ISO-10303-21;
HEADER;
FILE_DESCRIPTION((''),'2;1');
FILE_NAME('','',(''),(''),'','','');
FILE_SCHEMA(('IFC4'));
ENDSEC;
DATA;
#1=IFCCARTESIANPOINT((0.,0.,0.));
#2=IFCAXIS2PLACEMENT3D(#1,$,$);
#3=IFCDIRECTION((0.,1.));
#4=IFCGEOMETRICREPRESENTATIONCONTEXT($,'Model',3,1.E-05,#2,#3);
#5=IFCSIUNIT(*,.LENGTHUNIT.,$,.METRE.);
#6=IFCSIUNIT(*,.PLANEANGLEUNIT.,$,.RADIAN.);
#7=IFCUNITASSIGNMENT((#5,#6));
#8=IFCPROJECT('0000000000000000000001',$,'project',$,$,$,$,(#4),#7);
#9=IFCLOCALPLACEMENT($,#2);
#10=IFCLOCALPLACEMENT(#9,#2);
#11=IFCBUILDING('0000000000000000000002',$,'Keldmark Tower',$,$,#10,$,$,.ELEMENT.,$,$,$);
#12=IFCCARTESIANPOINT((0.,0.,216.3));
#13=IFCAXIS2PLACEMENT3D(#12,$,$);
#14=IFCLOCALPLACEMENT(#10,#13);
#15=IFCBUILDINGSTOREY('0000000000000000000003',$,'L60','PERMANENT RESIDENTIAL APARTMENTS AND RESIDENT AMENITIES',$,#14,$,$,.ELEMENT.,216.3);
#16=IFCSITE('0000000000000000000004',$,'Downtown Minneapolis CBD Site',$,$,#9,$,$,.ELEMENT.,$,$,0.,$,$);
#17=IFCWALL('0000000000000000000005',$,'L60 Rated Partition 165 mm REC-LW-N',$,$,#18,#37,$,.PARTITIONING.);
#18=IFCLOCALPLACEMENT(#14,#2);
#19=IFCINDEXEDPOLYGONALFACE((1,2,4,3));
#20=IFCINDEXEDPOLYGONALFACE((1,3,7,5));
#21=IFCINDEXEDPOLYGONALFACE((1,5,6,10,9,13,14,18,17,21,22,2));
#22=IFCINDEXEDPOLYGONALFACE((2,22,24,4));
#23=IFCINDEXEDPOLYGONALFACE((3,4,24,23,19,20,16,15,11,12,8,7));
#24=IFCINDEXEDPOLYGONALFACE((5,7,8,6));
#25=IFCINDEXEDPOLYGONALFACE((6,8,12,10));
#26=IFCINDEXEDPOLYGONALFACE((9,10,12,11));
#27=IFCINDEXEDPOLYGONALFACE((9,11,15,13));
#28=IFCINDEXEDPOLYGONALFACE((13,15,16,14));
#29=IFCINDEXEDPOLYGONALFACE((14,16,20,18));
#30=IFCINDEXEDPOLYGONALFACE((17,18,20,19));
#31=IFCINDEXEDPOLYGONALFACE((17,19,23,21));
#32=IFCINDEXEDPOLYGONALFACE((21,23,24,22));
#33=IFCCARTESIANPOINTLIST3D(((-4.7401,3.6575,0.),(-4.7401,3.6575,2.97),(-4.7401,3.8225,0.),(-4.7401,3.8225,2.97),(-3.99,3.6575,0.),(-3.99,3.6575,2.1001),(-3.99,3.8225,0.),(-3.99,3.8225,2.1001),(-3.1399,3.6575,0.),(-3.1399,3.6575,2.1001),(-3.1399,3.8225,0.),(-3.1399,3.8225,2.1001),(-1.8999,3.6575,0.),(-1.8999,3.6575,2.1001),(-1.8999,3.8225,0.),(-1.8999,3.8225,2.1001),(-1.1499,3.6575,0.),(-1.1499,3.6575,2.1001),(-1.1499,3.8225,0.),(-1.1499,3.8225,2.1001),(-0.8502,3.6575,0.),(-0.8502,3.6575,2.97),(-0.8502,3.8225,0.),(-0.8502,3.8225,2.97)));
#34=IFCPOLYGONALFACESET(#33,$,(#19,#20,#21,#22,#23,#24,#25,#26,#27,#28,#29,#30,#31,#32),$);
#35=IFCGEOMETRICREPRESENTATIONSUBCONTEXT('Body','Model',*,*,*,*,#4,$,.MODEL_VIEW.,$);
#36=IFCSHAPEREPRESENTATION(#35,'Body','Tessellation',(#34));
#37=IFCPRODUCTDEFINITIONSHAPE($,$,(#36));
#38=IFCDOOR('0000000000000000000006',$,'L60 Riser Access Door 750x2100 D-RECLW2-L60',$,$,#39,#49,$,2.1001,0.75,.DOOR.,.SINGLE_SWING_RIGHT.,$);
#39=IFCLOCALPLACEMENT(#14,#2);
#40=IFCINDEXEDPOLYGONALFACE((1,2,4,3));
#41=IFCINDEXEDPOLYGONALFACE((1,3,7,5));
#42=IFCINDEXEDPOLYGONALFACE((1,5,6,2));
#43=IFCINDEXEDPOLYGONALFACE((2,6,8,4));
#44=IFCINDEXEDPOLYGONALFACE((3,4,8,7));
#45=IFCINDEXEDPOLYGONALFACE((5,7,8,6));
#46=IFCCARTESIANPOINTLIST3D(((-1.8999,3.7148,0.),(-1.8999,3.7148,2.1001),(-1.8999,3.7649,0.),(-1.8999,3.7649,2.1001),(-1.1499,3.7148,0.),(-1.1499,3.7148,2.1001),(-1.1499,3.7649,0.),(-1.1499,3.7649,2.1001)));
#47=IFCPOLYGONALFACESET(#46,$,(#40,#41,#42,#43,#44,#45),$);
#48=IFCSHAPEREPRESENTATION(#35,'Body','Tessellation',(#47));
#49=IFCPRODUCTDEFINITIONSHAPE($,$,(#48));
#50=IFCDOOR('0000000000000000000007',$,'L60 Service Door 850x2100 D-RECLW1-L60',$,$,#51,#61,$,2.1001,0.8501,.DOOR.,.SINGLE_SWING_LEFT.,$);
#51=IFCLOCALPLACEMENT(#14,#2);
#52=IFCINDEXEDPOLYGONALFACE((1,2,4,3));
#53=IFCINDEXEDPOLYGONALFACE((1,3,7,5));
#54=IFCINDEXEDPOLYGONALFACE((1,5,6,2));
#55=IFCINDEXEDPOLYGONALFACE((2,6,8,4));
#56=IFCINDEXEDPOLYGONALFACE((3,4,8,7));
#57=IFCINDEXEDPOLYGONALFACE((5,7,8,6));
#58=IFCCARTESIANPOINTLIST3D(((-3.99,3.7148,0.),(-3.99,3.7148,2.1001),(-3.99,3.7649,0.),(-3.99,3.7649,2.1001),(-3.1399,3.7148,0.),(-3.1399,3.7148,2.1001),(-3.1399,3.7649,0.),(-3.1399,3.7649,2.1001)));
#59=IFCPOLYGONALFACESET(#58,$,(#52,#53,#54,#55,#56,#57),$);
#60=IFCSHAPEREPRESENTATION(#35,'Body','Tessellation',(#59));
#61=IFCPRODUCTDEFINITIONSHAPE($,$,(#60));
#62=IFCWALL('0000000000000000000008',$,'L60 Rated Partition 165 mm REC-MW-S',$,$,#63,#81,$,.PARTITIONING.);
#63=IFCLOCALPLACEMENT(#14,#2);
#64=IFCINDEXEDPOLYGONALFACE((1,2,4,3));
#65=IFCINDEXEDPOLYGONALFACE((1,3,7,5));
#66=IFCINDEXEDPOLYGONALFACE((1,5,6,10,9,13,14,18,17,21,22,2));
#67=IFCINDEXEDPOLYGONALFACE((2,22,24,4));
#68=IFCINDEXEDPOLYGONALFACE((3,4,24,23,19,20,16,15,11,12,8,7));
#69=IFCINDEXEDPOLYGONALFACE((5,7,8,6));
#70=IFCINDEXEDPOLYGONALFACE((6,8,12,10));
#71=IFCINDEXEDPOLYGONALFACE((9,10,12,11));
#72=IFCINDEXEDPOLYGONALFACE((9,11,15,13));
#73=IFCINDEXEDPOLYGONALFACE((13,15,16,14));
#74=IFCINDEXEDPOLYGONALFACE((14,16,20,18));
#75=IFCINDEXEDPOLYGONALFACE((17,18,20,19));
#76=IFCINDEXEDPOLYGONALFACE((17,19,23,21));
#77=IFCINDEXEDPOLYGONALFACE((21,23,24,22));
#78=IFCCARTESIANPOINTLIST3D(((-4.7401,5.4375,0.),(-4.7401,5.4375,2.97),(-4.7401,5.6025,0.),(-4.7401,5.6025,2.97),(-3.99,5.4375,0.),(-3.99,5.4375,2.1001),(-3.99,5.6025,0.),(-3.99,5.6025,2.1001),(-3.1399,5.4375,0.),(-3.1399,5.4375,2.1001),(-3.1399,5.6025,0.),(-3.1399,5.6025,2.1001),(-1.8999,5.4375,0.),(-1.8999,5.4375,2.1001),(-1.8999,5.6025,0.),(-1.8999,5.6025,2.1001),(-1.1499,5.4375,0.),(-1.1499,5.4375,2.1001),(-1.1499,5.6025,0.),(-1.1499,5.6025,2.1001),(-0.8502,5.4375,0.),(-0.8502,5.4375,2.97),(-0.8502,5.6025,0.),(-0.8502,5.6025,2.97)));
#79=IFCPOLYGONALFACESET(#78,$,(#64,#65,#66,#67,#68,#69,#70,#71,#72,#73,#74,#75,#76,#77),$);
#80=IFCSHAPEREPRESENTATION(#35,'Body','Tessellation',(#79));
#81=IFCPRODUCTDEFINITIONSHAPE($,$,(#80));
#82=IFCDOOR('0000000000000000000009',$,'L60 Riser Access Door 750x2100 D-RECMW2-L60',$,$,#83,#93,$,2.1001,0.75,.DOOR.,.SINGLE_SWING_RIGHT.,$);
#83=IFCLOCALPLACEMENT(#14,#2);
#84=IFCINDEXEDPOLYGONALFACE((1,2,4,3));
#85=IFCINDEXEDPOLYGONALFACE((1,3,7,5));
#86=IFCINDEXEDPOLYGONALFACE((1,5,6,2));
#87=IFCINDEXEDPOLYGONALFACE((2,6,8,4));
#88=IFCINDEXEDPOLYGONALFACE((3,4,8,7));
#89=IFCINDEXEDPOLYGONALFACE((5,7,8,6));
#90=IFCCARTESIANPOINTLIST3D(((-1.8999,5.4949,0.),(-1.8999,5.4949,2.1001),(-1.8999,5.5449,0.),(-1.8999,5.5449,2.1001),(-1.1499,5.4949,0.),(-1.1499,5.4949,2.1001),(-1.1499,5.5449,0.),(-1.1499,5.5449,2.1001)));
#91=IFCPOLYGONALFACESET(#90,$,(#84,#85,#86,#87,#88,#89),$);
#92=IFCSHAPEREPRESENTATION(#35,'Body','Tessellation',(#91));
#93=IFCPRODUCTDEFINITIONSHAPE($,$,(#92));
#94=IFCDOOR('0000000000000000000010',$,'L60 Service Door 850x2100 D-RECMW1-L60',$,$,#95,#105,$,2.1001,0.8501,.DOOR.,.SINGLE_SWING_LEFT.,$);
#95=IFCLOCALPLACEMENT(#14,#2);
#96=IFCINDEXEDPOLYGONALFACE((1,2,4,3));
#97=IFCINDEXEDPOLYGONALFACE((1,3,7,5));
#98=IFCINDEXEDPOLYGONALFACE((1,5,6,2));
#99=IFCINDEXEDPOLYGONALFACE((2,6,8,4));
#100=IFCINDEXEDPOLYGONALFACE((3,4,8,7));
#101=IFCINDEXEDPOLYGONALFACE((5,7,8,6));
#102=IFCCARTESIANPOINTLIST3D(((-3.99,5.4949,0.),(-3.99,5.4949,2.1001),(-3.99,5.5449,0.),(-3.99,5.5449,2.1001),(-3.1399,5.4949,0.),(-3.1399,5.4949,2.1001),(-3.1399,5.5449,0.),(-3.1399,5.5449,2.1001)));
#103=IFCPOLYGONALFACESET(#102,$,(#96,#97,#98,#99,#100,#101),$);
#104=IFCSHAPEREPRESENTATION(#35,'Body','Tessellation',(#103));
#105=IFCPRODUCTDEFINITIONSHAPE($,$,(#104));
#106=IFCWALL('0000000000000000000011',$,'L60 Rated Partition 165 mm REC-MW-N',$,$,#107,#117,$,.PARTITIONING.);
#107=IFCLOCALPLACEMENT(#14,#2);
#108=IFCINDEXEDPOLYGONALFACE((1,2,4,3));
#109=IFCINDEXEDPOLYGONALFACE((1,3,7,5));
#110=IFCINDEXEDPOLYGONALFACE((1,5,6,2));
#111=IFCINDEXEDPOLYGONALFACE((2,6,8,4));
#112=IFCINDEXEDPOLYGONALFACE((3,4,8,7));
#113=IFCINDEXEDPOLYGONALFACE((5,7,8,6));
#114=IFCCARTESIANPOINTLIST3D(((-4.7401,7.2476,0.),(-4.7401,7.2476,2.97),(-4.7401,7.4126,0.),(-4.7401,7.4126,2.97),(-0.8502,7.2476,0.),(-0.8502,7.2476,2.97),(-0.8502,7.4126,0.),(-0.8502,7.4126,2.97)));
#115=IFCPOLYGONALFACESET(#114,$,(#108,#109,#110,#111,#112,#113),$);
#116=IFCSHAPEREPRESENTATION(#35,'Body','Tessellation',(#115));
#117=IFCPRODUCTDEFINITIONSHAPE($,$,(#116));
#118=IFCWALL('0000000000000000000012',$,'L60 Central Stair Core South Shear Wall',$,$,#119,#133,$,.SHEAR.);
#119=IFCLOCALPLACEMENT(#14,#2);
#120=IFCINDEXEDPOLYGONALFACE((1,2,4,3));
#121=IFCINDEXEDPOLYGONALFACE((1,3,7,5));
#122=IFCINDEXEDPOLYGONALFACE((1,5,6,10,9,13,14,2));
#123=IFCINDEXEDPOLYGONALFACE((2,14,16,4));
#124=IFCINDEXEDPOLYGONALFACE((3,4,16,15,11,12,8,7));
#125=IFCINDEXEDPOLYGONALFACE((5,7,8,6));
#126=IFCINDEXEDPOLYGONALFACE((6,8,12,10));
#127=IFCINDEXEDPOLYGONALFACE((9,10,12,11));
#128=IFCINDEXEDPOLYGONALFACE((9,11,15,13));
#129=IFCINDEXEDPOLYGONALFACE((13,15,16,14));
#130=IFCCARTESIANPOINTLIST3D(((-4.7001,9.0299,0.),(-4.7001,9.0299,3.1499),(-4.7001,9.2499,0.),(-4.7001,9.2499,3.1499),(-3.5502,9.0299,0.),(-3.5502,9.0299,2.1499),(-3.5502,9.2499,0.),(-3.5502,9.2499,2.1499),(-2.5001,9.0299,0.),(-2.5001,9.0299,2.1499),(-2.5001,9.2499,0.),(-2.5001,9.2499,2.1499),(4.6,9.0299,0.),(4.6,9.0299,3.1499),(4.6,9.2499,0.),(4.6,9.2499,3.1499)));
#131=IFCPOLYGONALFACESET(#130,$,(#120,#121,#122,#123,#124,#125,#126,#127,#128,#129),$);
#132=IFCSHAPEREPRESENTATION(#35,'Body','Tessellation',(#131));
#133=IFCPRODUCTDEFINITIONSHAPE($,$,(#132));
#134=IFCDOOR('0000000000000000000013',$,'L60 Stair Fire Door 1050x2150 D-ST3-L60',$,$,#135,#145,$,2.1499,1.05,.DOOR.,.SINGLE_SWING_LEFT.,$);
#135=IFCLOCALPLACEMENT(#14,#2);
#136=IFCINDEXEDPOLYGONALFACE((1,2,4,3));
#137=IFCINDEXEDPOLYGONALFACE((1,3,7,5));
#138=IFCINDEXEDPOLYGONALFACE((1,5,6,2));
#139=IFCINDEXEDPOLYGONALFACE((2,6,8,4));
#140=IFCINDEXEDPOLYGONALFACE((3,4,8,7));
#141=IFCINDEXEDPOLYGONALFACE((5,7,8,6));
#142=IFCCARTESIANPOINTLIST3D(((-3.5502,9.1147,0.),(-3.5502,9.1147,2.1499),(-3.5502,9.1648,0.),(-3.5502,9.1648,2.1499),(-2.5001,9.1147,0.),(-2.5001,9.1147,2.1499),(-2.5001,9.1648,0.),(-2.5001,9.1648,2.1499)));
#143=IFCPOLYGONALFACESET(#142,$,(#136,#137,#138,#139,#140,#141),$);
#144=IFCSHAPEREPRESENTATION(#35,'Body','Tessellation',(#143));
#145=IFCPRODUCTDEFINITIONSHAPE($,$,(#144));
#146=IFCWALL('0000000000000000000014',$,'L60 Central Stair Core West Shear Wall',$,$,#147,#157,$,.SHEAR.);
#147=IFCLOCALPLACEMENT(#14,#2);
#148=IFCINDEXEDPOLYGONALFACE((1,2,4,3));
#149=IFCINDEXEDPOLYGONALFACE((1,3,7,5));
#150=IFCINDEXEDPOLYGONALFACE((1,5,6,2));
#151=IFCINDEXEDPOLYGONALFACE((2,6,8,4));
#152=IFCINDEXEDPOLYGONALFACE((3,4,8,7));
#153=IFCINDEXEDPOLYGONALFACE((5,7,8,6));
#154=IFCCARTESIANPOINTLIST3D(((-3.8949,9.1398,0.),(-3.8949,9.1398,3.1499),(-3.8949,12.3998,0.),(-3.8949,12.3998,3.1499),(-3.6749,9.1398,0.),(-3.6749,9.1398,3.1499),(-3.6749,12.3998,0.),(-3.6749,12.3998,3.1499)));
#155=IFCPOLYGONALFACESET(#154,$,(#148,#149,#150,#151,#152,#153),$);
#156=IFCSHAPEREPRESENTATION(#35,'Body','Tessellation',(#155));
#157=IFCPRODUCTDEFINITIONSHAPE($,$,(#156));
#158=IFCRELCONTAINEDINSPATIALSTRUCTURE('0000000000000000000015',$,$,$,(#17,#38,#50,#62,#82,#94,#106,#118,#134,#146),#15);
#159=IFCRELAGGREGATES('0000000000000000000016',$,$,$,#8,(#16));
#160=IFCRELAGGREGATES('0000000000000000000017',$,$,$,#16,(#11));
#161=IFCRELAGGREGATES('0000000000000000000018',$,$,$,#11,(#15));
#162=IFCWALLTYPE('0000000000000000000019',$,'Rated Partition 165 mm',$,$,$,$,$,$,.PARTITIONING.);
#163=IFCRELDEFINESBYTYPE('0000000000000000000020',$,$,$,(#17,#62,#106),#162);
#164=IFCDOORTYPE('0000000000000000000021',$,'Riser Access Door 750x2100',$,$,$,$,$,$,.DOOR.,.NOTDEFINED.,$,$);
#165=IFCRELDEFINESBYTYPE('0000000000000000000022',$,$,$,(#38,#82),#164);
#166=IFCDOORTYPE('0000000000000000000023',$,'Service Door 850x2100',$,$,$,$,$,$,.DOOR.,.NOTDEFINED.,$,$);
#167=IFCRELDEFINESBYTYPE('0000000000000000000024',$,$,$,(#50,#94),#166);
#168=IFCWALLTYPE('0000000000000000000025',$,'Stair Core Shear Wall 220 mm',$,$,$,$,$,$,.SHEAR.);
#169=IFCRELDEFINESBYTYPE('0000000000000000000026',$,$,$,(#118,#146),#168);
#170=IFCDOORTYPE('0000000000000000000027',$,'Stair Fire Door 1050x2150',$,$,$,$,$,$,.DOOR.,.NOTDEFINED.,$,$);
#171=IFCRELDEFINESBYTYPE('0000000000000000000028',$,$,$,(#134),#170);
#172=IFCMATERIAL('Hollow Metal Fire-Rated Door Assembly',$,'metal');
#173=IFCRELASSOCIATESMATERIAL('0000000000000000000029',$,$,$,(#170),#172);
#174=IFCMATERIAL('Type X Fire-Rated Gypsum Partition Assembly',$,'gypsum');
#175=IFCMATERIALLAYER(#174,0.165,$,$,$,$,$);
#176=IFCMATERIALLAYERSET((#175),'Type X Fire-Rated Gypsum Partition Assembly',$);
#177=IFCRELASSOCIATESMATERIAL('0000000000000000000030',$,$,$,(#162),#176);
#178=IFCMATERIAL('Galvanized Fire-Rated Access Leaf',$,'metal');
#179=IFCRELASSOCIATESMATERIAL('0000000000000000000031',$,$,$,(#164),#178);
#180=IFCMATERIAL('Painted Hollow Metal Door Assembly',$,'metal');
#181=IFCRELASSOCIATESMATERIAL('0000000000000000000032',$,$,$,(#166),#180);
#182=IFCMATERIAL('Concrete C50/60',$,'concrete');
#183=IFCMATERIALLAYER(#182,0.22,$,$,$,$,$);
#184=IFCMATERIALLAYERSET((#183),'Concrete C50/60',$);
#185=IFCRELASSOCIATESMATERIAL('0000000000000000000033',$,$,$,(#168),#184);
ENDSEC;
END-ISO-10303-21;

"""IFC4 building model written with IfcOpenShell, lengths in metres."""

from ifc_helpers import new_model, si_unit, direction, frame, frame_2d, origin, place, context, subcontext, project, spatial, rectangle, extrude, material, layer, layer_set, type_object, element, fill, save


model = new_model("IFC4")

# Units and contexts
model_context = context("Model", 3, precision=1e-05, world=origin(), true_north=direction((0.0, 1.0)))
body_context = subcontext(model_context, "Body", "Model", "MODEL_VIEW")
ifc_project = project(units=[si_unit("LENGTHUNIT", "METRE"), si_unit("PLANEANGLEUNIT", "RADIAN")], contexts=[model_context])

# Site, building, storey
site_placement = place(None, origin())
site = spatial("IfcSite", under=ifc_project, at=site_placement, Name="Downtown Minneapolis CBD Site", CompositionType="ELEMENT", RefElevation=0.0)
building_placement = place(site_placement, origin())
building = spatial("IfcBuilding", under=site, at=building_placement, Name="Keldmark Tower", CompositionType="ELEMENT")
storey_placement = place(building_placement, frame((0.0, 0.0, 216.3)))
storey = spatial("IfcBuildingStorey", under=building, at=storey_placement, Name="L60", Description="PERMANENT RESIDENTIAL APARTMENTS AND RESIDENT AMENITIES", CompositionType="ELEMENT", Elevation=216.3)

# Shared definitions
ifc_material_1 = material(Name="Hollow Metal Fire-Rated Door Assembly", Category="metal")
door_type_1 = type_object("IfcDoorType", Name="Stair Fire Door 1050x2150", OperationType="NOTDEFINED", PredefinedType="DOOR", material=ifc_material_1)

# Shared definitions
ifc_material_2 = material(Name="Type X Fire-Rated Gypsum Partition Assembly", Category="gypsum")
ifc_layer_1 = layer(ifc_material_2, 0.165)
ifc_layer_set_1 = layer_set([ifc_layer_1], Name="Type X Fire-Rated Gypsum Partition Assembly")
wall_type_1 = type_object("IfcWallType", Name="Rated Partition 165 mm", PredefinedType="PARTITIONING", material=ifc_layer_set_1)

# Walls, openings, doors
wall_1_placement = place(storey_placement, frame((-4.74, 3.74, 0.0), z_axis=(0.0, 0.0, 1.0), x_axis=(1.0, 0.0, 0.0)))
wall_1 = element("IfcWall", 1, at=wall_1_placement, inside=storey, type_object=wall_type_1, Name="L60 Rated Partition 165 mm REC-LW-N", PredefinedType="PARTITIONING", context=body_context, shape_type="SweptSolid", body=[
    extrude(rectangle(XDim=3.8899, YDim=0.165, at=frame_2d((1.9448, 0.0))), origin(), (0.0, 0.0, 1.0), 2.97),
])
opening_1_placement = place(wall_1_placement, frame((0.75, 0.0, 0.0)))
opening_1 = element("IfcOpeningElement", 2, at=opening_1_placement, cuts=wall_1, PredefinedType="OPENING", context=body_context, shape_type="SweptSolid", body=[
    extrude(rectangle(XDim=0.8501, YDim=2.1001, at=frame_2d((0.425, 1.05))), frame((0.0, 0.0925, 0.0), z_axis=(0.0, -1.0, 0.0), x_axis=(1.0, 0.0, 0.0)), (0.0, 0.0, 1.0), 0.1851),
])
opening_2_placement = place(wall_1_placement, frame((2.8401, 0.0, 0.0)))
opening_2 = element("IfcOpeningElement", 3, at=opening_2_placement, cuts=wall_1, PredefinedType="OPENING", context=body_context, shape_type="SweptSolid", body=[
    extrude(rectangle(XDim=0.75, YDim=2.1001, at=frame_2d((0.375, 1.05))), frame((0.0, 0.0925, 0.0), z_axis=(0.0, -1.0, 0.0), x_axis=(1.0, 0.0, 0.0)), (0.0, 0.0, 1.0), 0.1851),
])
ifc_material_3 = material(Name="Galvanized Fire-Rated Access Leaf", Category="metal")
door_type_2 = type_object("IfcDoorType", Name="Riser Access Door 750x2100", OperationType="NOTDEFINED", PredefinedType="DOOR", material=ifc_material_3)
door_1_placement = place(opening_2_placement, origin())
door_1 = element("IfcDoor", 4, at=door_1_placement, inside=storey, type_object=door_type_2, Name="L60 Riser Access Door 750x2100 D-RECLW2-L60", OperationType="SINGLE_SWING_RIGHT", OverallHeight=2.1001, OverallWidth=0.75, PredefinedType="DOOR", context=body_context, shape_type="SweptSolid", body=[
    extrude(rectangle(XDim=0.75, YDim=2.1001, at=frame_2d((0.375, 1.05))), frame((0.0, 0.0249, 0.0), z_axis=(0.0, -1.0, 0.0), x_axis=(1.0, 0.0, 0.0)), (0.0, 0.0, 1.0), 0.05),
])
fill(opening_2, door_1)
ifc_material_4 = material(Name="Painted Hollow Metal Door Assembly", Category="metal")
door_type_3 = type_object("IfcDoorType", Name="Service Door 850x2100", OperationType="NOTDEFINED", PredefinedType="DOOR", material=ifc_material_4)
door_2_placement = place(opening_1_placement, origin())
door_2 = element("IfcDoor", 5, at=door_2_placement, inside=storey, type_object=door_type_3, Name="L60 Service Door 850x2100 D-RECLW1-L60", OperationType="SINGLE_SWING_LEFT", OverallHeight=2.1001, OverallWidth=0.8501, PredefinedType="DOOR", context=body_context, shape_type="SweptSolid", body=[
    extrude(rectangle(XDim=0.8501, YDim=2.1001, at=frame_2d((0.425, 1.05))), frame((0.0, 0.0249, 0.0), z_axis=(0.0, -1.0, 0.0), x_axis=(1.0, 0.0, 0.0)), (0.0, 0.0, 1.0), 0.05),
])
fill(opening_1, door_2)
wall_2_placement = place(storey_placement, frame((-4.74, 5.52, 0.0), z_axis=(0.0, 0.0, 1.0), x_axis=(1.0, 0.0, 0.0)))
wall_2 = element("IfcWall", 6, at=wall_2_placement, inside=storey, type_object=wall_type_1, Name="L60 Rated Partition 165 mm REC-MW-S", PredefinedType="PARTITIONING", context=body_context, shape_type="SweptSolid", body=[
    extrude(rectangle(XDim=3.8899, YDim=0.165, at=frame_2d((1.9448, 0.0))), origin(), (0.0, 0.0, 1.0), 2.97),
])
opening_3_placement = place(wall_2_placement, frame((0.75, 0.0, 0.0)))
opening_3 = element("IfcOpeningElement", 7, at=opening_3_placement, cuts=wall_2, PredefinedType="OPENING", context=body_context, shape_type="SweptSolid", body=[
    extrude(rectangle(XDim=0.8501, YDim=2.1001, at=frame_2d((0.425, 1.05))), frame((0.0, 0.0925, 0.0), z_axis=(0.0, -1.0, 0.0), x_axis=(1.0, 0.0, 0.0)), (0.0, 0.0, 1.0), 0.1851),
])
opening_4_placement = place(wall_2_placement, frame((2.8401, 0.0, 0.0)))
opening_4 = element("IfcOpeningElement", 8, at=opening_4_placement, cuts=wall_2, PredefinedType="OPENING", context=body_context, shape_type="SweptSolid", body=[
    extrude(rectangle(XDim=0.75, YDim=2.1001, at=frame_2d((0.375, 1.05))), frame((0.0, 0.0925, 0.0), z_axis=(0.0, -1.0, 0.0), x_axis=(1.0, 0.0, 0.0)), (0.0, 0.0, 1.0), 0.1851),
])
door_3_placement = place(opening_4_placement, origin())
door_3 = element("IfcDoor", 9, at=door_3_placement, inside=storey, type_object=door_type_2, Name="L60 Riser Access Door 750x2100 D-RECMW2-L60", OperationType="SINGLE_SWING_RIGHT", OverallHeight=2.1001, OverallWidth=0.75, PredefinedType="DOOR", context=body_context, shape_type="SweptSolid", body=[
    extrude(rectangle(XDim=0.75, YDim=2.1001, at=frame_2d((0.375, 1.05))), frame((0.0, 0.0249, 0.0), z_axis=(0.0, -1.0, 0.0), x_axis=(1.0, 0.0, 0.0)), (0.0, 0.0, 1.0), 0.05),
])
fill(opening_4, door_3)
door_4_placement = place(opening_3_placement, origin())
door_4 = element("IfcDoor", 10, at=door_4_placement, inside=storey, type_object=door_type_3, Name="L60 Service Door 850x2100 D-RECMW1-L60", OperationType="SINGLE_SWING_LEFT", OverallHeight=2.1001, OverallWidth=0.8501, PredefinedType="DOOR", context=body_context, shape_type="SweptSolid", body=[
    extrude(rectangle(XDim=0.8501, YDim=2.1001, at=frame_2d((0.425, 1.05))), frame((0.0, 0.0249, 0.0), z_axis=(0.0, -1.0, 0.0), x_axis=(1.0, 0.0, 0.0)), (0.0, 0.0, 1.0), 0.05),
])
fill(opening_3, door_4)

# Wall
wall_3_placement = place(storey_placement, frame((-4.74, 7.3301, 0.0), z_axis=(0.0, 0.0, 1.0), x_axis=(1.0, 0.0, 0.0)))
element("IfcWall", 11, at=wall_3_placement, inside=storey, type_object=wall_type_1, Name="L60 Rated Partition 165 mm REC-MW-N", PredefinedType="PARTITIONING", context=body_context, shape_type="SweptSolid", body=[
    extrude(rectangle(XDim=3.8899, YDim=0.165, at=frame_2d((1.9448, 0.0))), origin(), (0.0, 0.0, 1.0), 2.97),
])

# Wall, opening, door
ifc_material_5 = material(Name="Concrete C50/60", Category="concrete")
ifc_layer_2 = layer(ifc_material_5, 0.22)
ifc_layer_set_2 = layer_set([ifc_layer_2], Name="Concrete C50/60")
wall_type_2 = type_object("IfcWallType", Name="Stair Core Shear Wall 220 mm", PredefinedType="SHEAR", material=ifc_layer_set_2)
wall_4_placement = place(storey_placement, frame((-4.7, 9.1399, 0.0), z_axis=(0.0, 0.0, 1.0), x_axis=(1.0, 0.0, 0.0)))
wall_4 = element("IfcWall", 12, at=wall_4_placement, inside=storey, type_object=wall_type_2, Name="L60 Central Stair Core South Shear Wall", PredefinedType="SHEAR", context=body_context, shape_type="SweptSolid", body=[
    extrude(rectangle(XDim=9.3, YDim=0.22, at=frame_2d((4.6499, 0.0))), origin(), (0.0, 0.0, 1.0), 3.1499),
])
opening_5_placement = place(wall_4_placement, frame((1.1499, 0.0, 0.0)))
opening_5 = element("IfcOpeningElement", 13, at=opening_5_placement, cuts=wall_4, PredefinedType="OPENING", context=body_context, shape_type="SweptSolid", body=[
    extrude(rectangle(XDim=1.05, YDim=2.1499, at=frame_2d((0.5249, 1.075))), frame((0.0, 0.1199, 0.0), z_axis=(0.0, -1.0, 0.0), x_axis=(1.0, 0.0, 0.0)), (0.0, 0.0, 1.0), 0.24),
])
door_5_placement = place(opening_5_placement, origin())
door_5 = element("IfcDoor", 14, at=door_5_placement, inside=storey, type_object=door_type_1, Name="L60 Stair Fire Door 1050x2150 D-ST3-L60", OperationType="SINGLE_SWING_LEFT", OverallHeight=2.1499, OverallWidth=1.05, PredefinedType="DOOR", context=body_context, shape_type="SweptSolid", body=[
    extrude(rectangle(XDim=1.05, YDim=2.1499, at=frame_2d((0.5249, 1.075))), frame((0.0, 0.0249, 0.0), z_axis=(0.0, -1.0, 0.0), x_axis=(1.0, 0.0, 0.0)), (0.0, 0.0, 1.0), 0.05),
])
fill(opening_5, door_5)

# Wall
wall_5_placement = place(storey_placement, frame((-3.7849, 9.1399, 0.0), z_axis=(0.0, 0.0, 1.0), x_axis=(0.0, 1.0, 0.0)))
element("IfcWall", 15, at=wall_5_placement, inside=storey, type_object=wall_type_2, Name="L60 Central Stair Core West Shear Wall", PredefinedType="SHEAR", context=body_context, shape_type="SweptSolid", body=[
    extrude(rectangle(XDim=3.26, YDim=0.22, at=frame_2d((1.6299, 0.0))), origin(), (0.0, 0.0, 1.0), 3.1499),
])

save(model, "model.ifc")
